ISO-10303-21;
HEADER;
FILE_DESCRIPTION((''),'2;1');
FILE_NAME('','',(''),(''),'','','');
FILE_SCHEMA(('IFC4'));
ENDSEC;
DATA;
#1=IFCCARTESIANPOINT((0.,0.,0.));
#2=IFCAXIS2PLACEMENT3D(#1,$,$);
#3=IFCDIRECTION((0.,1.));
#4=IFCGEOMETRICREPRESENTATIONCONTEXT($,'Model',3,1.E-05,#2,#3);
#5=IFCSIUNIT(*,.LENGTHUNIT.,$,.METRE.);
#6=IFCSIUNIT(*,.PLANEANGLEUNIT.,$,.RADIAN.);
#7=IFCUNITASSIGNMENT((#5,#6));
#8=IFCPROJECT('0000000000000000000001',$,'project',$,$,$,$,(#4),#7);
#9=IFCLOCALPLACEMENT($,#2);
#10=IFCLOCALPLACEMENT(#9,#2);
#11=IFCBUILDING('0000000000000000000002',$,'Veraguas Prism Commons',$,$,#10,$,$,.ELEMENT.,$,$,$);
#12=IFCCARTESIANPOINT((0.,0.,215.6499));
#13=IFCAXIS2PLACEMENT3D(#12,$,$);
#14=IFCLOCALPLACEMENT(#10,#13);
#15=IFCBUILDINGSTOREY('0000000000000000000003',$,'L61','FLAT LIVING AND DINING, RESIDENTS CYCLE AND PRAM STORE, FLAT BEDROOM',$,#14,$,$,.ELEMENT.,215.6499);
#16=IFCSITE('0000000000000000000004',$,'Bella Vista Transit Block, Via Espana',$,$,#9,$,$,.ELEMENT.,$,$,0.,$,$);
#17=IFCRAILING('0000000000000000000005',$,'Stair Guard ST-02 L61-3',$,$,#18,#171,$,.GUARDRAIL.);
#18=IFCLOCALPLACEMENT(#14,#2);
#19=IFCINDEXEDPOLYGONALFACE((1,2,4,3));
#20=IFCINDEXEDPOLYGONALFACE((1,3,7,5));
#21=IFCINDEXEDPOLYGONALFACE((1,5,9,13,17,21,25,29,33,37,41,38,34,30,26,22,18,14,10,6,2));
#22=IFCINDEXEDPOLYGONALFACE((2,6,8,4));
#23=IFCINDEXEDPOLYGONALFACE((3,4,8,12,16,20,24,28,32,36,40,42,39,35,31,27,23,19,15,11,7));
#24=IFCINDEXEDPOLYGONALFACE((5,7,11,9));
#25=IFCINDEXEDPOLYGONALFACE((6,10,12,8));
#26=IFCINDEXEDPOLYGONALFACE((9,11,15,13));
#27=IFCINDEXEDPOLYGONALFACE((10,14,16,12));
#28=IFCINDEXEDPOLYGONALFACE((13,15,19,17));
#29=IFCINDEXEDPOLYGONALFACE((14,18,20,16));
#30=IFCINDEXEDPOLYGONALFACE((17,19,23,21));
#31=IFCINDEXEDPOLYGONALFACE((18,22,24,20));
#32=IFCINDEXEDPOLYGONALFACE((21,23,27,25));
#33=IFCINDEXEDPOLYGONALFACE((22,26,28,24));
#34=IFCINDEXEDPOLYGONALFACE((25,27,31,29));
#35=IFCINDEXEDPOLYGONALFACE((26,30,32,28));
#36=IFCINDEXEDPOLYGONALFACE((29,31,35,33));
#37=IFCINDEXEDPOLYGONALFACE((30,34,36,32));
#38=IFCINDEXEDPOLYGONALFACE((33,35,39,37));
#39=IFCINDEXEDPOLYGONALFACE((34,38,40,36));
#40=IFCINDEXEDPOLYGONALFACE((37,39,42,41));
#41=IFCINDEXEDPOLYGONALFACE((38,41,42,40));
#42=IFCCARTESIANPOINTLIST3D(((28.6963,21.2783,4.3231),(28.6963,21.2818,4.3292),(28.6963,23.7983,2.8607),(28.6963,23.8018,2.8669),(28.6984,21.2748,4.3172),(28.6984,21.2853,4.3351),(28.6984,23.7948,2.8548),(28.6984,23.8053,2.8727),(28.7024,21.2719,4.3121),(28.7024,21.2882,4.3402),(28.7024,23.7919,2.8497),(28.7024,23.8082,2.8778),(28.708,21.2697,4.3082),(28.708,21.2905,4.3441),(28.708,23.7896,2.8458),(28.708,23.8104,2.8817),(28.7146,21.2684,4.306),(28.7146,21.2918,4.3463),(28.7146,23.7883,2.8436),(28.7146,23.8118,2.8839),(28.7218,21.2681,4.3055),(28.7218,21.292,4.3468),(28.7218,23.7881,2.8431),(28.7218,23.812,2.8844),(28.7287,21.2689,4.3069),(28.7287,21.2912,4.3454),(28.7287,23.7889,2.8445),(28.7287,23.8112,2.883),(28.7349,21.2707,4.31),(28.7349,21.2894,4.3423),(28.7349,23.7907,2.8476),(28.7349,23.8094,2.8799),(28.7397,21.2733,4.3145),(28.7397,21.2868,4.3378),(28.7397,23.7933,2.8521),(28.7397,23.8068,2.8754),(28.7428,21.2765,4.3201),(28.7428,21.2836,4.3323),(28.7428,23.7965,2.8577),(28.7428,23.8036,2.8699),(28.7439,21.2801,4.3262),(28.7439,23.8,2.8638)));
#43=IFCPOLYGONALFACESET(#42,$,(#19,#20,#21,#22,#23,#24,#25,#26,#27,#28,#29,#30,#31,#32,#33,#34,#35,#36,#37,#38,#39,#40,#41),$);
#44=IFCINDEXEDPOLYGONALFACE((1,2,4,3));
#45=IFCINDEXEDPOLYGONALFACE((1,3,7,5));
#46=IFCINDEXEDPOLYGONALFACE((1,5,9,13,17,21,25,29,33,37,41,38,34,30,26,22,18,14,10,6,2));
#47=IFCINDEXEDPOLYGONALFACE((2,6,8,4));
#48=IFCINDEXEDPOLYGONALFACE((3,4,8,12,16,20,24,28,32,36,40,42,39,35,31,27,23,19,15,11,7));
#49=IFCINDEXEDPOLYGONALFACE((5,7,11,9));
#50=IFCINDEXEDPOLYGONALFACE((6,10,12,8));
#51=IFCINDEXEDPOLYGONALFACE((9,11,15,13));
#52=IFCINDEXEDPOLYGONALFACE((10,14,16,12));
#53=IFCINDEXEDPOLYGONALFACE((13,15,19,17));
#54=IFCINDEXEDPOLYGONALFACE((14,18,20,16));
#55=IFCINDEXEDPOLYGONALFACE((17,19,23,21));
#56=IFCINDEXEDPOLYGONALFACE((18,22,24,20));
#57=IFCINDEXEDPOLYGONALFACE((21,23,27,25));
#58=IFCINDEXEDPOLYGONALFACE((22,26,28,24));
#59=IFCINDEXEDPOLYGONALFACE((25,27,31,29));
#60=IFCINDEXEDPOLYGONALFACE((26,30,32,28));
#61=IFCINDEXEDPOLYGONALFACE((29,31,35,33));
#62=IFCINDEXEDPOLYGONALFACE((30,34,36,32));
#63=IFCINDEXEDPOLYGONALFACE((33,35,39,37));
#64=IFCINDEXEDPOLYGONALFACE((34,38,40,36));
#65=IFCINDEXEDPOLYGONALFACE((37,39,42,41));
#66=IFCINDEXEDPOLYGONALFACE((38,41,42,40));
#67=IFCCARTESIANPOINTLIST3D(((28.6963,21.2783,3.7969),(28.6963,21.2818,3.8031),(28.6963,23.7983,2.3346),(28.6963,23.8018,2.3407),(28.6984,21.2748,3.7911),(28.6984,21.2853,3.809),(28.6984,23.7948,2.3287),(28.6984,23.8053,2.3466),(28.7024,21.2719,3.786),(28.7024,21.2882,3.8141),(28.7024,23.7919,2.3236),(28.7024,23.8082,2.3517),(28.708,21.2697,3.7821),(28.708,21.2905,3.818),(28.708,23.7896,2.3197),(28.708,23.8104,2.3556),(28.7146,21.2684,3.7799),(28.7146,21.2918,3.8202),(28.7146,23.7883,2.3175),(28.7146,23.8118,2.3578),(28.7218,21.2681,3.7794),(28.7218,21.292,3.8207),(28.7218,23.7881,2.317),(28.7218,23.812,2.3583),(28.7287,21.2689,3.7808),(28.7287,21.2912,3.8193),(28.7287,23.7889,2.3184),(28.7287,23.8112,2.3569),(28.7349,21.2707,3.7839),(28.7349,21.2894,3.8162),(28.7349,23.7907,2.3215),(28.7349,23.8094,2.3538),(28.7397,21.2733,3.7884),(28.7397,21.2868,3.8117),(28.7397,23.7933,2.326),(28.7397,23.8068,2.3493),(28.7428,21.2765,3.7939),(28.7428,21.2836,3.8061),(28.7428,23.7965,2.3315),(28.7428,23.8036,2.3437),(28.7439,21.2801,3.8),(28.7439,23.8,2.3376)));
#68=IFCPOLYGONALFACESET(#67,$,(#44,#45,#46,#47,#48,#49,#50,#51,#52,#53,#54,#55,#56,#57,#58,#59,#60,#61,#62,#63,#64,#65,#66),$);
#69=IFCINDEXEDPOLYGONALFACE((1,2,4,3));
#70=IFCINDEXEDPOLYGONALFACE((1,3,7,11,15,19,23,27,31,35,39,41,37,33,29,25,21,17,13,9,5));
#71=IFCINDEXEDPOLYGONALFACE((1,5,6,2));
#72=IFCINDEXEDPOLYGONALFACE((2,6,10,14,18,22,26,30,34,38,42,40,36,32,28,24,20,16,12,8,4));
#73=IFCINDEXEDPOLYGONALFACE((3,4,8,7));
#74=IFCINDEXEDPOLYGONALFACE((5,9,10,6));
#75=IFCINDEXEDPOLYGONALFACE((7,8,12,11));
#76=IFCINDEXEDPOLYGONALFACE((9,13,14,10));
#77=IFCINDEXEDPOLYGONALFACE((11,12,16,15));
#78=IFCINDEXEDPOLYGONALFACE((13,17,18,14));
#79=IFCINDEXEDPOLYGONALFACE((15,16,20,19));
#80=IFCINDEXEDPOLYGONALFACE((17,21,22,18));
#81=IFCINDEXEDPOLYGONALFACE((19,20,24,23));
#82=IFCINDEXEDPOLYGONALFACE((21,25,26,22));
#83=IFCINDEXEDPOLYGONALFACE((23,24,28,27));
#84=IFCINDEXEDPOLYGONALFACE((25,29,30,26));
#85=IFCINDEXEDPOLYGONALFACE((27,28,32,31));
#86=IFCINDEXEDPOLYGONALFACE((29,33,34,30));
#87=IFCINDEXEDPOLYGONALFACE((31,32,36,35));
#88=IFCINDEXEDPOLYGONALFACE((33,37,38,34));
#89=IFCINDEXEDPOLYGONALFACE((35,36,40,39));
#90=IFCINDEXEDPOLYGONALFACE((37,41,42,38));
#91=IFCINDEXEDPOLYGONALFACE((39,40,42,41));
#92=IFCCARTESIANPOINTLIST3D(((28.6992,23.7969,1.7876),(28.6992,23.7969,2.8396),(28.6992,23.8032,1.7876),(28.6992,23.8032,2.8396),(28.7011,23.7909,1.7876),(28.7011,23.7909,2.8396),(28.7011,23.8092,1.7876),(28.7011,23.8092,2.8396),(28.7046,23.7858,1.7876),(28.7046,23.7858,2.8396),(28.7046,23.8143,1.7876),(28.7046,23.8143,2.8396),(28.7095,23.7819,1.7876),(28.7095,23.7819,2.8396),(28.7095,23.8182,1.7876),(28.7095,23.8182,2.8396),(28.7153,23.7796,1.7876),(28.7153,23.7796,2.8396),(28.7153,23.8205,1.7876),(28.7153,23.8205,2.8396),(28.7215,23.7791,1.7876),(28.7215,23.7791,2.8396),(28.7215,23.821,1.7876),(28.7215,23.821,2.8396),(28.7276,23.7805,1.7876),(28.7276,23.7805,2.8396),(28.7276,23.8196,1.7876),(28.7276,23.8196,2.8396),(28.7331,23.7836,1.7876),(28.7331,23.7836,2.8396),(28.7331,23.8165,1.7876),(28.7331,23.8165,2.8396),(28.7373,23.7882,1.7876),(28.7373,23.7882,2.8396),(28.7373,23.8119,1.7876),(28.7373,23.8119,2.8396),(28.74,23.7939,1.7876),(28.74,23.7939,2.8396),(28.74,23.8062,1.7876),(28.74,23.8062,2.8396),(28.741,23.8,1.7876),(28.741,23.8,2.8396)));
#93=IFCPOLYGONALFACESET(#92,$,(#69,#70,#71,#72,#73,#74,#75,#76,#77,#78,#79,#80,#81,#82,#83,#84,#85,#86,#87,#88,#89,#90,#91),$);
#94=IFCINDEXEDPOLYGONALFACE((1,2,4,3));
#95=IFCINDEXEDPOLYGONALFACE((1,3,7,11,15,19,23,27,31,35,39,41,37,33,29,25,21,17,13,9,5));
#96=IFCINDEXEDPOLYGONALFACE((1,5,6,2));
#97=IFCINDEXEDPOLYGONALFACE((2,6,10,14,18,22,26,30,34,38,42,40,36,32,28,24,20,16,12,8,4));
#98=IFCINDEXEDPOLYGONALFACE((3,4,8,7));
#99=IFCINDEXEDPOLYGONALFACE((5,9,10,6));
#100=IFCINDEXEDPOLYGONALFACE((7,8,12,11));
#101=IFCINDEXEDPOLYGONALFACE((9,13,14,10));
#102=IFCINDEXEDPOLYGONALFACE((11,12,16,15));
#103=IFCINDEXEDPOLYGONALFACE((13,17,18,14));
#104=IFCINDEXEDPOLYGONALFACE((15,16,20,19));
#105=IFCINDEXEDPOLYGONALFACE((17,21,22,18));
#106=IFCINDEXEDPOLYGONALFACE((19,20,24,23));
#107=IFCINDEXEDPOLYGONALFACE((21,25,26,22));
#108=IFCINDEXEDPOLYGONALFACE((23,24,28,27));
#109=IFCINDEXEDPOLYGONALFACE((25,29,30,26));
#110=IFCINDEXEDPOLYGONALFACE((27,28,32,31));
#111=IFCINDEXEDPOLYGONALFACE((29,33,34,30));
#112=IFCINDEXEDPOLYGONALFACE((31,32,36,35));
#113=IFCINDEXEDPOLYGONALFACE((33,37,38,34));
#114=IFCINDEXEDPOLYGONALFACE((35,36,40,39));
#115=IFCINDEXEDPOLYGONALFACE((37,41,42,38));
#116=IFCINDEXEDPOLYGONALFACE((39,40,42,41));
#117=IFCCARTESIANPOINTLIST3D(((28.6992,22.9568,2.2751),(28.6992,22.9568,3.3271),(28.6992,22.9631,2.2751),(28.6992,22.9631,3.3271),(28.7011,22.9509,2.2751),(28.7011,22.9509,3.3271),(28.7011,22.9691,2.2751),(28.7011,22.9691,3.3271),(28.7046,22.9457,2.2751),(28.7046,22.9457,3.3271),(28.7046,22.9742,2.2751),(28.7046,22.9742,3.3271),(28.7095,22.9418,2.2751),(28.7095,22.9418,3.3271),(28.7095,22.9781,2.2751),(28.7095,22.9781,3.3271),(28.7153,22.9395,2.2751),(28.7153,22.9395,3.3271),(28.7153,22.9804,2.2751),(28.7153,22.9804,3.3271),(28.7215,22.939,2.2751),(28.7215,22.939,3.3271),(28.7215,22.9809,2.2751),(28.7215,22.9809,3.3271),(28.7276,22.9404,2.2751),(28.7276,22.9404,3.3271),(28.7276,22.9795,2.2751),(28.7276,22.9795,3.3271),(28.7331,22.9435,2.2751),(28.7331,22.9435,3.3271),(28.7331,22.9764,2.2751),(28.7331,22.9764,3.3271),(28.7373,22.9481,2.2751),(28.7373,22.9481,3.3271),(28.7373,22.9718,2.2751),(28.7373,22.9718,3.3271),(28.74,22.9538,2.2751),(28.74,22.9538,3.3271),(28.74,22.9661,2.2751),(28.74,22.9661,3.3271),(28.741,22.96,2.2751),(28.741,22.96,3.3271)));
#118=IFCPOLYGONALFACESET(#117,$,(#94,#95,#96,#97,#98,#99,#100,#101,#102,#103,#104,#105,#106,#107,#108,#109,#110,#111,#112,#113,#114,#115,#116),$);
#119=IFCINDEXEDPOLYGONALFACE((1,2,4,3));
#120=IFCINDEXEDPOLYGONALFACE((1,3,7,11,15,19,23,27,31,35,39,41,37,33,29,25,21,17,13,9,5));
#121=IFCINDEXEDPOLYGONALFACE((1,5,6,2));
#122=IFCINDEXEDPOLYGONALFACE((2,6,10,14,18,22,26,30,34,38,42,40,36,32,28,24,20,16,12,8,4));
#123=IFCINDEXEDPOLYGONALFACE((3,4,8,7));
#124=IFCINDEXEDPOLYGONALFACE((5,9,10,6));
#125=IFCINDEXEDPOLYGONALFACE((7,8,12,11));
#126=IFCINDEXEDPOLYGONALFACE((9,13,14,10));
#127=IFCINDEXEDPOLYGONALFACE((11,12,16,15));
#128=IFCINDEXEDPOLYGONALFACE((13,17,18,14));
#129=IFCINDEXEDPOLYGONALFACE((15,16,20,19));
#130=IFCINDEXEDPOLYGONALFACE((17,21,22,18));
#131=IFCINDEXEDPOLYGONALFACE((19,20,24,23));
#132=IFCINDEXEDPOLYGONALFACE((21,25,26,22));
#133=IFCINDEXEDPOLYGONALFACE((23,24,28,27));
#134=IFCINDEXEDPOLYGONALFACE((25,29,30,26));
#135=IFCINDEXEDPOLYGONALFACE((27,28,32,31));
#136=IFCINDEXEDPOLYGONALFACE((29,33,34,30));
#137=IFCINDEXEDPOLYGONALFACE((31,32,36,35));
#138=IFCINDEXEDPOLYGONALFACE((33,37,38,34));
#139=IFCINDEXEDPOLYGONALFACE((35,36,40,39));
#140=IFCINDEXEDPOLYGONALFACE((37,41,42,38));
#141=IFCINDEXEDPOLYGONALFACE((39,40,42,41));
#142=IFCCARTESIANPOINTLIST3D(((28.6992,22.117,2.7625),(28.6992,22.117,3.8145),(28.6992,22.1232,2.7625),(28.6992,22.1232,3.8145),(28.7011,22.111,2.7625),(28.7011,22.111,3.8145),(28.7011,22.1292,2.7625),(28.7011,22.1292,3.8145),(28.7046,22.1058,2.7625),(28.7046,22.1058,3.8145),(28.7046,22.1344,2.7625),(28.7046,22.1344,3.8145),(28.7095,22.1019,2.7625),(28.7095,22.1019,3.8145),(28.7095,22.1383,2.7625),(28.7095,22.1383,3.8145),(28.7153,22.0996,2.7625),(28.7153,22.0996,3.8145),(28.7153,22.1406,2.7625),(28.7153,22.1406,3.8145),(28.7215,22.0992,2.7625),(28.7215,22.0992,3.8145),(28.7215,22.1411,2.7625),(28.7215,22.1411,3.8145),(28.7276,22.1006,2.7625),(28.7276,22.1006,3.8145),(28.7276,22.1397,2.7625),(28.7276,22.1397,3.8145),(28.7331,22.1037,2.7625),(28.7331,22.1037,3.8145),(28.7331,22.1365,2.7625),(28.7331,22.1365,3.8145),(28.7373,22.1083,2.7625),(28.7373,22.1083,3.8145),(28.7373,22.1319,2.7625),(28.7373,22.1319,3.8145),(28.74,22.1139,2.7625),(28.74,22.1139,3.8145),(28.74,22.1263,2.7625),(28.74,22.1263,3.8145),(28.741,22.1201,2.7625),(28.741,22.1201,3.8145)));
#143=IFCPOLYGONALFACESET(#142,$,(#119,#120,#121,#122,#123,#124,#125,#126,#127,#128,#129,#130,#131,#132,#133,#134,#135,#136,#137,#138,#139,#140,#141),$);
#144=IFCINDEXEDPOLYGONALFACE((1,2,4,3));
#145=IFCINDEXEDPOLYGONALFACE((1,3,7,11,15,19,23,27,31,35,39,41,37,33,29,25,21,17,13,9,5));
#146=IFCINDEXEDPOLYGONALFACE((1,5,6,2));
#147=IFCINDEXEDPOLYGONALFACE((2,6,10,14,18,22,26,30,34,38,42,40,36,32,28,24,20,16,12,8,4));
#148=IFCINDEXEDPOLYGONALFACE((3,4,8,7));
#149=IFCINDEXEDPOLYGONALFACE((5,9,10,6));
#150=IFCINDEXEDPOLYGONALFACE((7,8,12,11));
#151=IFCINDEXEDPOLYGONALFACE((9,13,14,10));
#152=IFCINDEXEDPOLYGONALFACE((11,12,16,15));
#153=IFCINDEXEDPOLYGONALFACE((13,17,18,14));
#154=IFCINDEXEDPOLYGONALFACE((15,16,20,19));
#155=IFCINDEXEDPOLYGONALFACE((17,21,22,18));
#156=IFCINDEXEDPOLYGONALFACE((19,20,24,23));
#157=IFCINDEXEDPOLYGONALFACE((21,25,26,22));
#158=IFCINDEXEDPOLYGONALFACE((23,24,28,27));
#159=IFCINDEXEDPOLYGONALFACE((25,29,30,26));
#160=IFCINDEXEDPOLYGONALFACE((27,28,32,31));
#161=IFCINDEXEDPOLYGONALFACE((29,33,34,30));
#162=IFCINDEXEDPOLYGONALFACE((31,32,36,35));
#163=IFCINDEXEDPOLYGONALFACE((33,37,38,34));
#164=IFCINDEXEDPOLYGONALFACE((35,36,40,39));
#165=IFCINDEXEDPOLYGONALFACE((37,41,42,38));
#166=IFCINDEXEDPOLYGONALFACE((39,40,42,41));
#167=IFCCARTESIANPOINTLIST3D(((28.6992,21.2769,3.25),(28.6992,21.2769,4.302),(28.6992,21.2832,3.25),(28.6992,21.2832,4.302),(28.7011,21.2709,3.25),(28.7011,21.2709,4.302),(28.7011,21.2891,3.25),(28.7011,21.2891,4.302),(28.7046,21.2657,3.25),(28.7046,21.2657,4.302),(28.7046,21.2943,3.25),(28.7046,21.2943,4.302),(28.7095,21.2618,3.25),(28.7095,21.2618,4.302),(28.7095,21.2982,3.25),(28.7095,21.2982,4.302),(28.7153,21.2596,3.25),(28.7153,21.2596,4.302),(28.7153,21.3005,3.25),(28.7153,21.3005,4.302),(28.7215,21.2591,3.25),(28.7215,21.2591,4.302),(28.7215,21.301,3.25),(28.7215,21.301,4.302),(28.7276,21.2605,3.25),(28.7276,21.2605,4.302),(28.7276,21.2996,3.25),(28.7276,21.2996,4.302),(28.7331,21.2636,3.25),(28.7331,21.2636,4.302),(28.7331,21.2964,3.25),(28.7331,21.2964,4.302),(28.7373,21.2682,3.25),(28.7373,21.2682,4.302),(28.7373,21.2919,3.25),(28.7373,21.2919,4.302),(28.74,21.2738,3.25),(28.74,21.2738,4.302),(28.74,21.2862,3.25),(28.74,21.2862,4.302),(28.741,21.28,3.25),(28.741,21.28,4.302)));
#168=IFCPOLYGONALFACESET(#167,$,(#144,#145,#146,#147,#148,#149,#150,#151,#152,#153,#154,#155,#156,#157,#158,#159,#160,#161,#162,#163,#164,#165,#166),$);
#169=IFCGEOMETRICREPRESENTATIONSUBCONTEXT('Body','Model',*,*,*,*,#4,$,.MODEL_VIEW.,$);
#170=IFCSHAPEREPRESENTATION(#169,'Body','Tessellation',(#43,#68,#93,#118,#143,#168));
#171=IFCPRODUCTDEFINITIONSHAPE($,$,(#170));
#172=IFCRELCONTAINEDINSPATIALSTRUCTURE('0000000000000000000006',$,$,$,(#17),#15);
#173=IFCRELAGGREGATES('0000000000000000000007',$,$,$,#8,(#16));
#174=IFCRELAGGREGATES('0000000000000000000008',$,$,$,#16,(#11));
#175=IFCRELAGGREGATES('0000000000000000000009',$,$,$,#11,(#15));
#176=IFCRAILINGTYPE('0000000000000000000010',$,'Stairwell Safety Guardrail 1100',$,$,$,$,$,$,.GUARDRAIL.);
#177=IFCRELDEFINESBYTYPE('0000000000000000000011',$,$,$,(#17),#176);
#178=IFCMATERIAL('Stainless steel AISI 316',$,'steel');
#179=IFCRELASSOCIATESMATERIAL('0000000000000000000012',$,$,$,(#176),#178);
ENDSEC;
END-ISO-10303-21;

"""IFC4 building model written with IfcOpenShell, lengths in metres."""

from ifc_helpers import new_model, si_unit, direction, frame, origin, origin_2d, place, context, subcontext, project, spatial, circle, extrude, material, type_object, element, save


model = new_model("IFC4")

# Units and contexts
model_context = context("Model", 3, precision=1e-05, world=origin(), true_north=direction((0.0, 1.0)))
body_context = subcontext(model_context, "Body", "Model", "MODEL_VIEW")
ifc_project = project(units=[si_unit("LENGTHUNIT", "METRE"), si_unit("PLANEANGLEUNIT", "RADIAN")], contexts=[model_context])

# Site, building, storey
site_placement = place(None, origin())
site = spatial("IfcSite", under=ifc_project, at=site_placement, Name="Bella Vista Transit Block, Via Espana", CompositionType="ELEMENT", RefElevation=0.0)
building_placement = place(site_placement, origin())
building = spatial("IfcBuilding", under=site, at=building_placement, Name="Veraguas Prism Commons", CompositionType="ELEMENT")
storey_placement = place(building_placement, frame((0.0, 0.0, 215.6499)))
storey = spatial("IfcBuildingStorey", under=building, at=storey_placement, Name="L61", Description="FLAT LIVING AND DINING, RESIDENTS CYCLE AND PRAM STORE, FLAT BEDROOM", CompositionType="ELEMENT", Elevation=215.6499)

# Railing
ifc_material_1 = material(Name="Stainless steel AISI 316", Category="steel")
railing_type_1 = type_object("IfcRailingType", Name="Stairwell Safety Guardrail 1100", PredefinedType="GUARDRAIL", material=ifc_material_1)
railing_1_placement = place(storey_placement, frame((28.72, 23.8, 1.7876)))
element("IfcRailing", 1, at=railing_1_placement, inside=storey, type_object=railing_type_1, Name="Stair Guard ST-02 L61-3", PredefinedType="GUARDRAIL", context=body_context, shape_type="SweptSolid", body=[
    extrude(circle(Radius=0.0239, at=origin_2d()), frame((0.0, 0.0, 1.0762), z_axis=(0.0, -0.864913, 0.501921), x_axis=(1.0, 0.0, 0.0)), (0.0, 0.0, 1.0), 2.9136),
    extrude(circle(Radius=0.0239, at=origin_2d()), frame((0.0, 0.0, 0.55), z_axis=(0.0, -0.864913, 0.501921), x_axis=(1.0, 0.0, 0.0)), (0.0, 0.0, 1.0), 2.9136),
    extrude(circle(Radius=0.021, at=origin_2d()), origin(), (0.0, 0.0, 1.0), 1.052),
    extrude(circle(Radius=0.021, at=origin_2d()), frame((0.0, -0.8401, 0.4875)), (0.0, 0.0, 1.0), 1.052),
    extrude(circle(Radius=0.021, at=origin_2d()), frame((0.0, -1.6799, 0.9749)), (0.0, 0.0, 1.0), 1.052),
    extrude(circle(Radius=0.021, at=origin_2d()), frame((0.0, -2.52, 1.4624)), (0.0, 0.0, 1.0), 1.052),
])

save(model, "model.ifc")
